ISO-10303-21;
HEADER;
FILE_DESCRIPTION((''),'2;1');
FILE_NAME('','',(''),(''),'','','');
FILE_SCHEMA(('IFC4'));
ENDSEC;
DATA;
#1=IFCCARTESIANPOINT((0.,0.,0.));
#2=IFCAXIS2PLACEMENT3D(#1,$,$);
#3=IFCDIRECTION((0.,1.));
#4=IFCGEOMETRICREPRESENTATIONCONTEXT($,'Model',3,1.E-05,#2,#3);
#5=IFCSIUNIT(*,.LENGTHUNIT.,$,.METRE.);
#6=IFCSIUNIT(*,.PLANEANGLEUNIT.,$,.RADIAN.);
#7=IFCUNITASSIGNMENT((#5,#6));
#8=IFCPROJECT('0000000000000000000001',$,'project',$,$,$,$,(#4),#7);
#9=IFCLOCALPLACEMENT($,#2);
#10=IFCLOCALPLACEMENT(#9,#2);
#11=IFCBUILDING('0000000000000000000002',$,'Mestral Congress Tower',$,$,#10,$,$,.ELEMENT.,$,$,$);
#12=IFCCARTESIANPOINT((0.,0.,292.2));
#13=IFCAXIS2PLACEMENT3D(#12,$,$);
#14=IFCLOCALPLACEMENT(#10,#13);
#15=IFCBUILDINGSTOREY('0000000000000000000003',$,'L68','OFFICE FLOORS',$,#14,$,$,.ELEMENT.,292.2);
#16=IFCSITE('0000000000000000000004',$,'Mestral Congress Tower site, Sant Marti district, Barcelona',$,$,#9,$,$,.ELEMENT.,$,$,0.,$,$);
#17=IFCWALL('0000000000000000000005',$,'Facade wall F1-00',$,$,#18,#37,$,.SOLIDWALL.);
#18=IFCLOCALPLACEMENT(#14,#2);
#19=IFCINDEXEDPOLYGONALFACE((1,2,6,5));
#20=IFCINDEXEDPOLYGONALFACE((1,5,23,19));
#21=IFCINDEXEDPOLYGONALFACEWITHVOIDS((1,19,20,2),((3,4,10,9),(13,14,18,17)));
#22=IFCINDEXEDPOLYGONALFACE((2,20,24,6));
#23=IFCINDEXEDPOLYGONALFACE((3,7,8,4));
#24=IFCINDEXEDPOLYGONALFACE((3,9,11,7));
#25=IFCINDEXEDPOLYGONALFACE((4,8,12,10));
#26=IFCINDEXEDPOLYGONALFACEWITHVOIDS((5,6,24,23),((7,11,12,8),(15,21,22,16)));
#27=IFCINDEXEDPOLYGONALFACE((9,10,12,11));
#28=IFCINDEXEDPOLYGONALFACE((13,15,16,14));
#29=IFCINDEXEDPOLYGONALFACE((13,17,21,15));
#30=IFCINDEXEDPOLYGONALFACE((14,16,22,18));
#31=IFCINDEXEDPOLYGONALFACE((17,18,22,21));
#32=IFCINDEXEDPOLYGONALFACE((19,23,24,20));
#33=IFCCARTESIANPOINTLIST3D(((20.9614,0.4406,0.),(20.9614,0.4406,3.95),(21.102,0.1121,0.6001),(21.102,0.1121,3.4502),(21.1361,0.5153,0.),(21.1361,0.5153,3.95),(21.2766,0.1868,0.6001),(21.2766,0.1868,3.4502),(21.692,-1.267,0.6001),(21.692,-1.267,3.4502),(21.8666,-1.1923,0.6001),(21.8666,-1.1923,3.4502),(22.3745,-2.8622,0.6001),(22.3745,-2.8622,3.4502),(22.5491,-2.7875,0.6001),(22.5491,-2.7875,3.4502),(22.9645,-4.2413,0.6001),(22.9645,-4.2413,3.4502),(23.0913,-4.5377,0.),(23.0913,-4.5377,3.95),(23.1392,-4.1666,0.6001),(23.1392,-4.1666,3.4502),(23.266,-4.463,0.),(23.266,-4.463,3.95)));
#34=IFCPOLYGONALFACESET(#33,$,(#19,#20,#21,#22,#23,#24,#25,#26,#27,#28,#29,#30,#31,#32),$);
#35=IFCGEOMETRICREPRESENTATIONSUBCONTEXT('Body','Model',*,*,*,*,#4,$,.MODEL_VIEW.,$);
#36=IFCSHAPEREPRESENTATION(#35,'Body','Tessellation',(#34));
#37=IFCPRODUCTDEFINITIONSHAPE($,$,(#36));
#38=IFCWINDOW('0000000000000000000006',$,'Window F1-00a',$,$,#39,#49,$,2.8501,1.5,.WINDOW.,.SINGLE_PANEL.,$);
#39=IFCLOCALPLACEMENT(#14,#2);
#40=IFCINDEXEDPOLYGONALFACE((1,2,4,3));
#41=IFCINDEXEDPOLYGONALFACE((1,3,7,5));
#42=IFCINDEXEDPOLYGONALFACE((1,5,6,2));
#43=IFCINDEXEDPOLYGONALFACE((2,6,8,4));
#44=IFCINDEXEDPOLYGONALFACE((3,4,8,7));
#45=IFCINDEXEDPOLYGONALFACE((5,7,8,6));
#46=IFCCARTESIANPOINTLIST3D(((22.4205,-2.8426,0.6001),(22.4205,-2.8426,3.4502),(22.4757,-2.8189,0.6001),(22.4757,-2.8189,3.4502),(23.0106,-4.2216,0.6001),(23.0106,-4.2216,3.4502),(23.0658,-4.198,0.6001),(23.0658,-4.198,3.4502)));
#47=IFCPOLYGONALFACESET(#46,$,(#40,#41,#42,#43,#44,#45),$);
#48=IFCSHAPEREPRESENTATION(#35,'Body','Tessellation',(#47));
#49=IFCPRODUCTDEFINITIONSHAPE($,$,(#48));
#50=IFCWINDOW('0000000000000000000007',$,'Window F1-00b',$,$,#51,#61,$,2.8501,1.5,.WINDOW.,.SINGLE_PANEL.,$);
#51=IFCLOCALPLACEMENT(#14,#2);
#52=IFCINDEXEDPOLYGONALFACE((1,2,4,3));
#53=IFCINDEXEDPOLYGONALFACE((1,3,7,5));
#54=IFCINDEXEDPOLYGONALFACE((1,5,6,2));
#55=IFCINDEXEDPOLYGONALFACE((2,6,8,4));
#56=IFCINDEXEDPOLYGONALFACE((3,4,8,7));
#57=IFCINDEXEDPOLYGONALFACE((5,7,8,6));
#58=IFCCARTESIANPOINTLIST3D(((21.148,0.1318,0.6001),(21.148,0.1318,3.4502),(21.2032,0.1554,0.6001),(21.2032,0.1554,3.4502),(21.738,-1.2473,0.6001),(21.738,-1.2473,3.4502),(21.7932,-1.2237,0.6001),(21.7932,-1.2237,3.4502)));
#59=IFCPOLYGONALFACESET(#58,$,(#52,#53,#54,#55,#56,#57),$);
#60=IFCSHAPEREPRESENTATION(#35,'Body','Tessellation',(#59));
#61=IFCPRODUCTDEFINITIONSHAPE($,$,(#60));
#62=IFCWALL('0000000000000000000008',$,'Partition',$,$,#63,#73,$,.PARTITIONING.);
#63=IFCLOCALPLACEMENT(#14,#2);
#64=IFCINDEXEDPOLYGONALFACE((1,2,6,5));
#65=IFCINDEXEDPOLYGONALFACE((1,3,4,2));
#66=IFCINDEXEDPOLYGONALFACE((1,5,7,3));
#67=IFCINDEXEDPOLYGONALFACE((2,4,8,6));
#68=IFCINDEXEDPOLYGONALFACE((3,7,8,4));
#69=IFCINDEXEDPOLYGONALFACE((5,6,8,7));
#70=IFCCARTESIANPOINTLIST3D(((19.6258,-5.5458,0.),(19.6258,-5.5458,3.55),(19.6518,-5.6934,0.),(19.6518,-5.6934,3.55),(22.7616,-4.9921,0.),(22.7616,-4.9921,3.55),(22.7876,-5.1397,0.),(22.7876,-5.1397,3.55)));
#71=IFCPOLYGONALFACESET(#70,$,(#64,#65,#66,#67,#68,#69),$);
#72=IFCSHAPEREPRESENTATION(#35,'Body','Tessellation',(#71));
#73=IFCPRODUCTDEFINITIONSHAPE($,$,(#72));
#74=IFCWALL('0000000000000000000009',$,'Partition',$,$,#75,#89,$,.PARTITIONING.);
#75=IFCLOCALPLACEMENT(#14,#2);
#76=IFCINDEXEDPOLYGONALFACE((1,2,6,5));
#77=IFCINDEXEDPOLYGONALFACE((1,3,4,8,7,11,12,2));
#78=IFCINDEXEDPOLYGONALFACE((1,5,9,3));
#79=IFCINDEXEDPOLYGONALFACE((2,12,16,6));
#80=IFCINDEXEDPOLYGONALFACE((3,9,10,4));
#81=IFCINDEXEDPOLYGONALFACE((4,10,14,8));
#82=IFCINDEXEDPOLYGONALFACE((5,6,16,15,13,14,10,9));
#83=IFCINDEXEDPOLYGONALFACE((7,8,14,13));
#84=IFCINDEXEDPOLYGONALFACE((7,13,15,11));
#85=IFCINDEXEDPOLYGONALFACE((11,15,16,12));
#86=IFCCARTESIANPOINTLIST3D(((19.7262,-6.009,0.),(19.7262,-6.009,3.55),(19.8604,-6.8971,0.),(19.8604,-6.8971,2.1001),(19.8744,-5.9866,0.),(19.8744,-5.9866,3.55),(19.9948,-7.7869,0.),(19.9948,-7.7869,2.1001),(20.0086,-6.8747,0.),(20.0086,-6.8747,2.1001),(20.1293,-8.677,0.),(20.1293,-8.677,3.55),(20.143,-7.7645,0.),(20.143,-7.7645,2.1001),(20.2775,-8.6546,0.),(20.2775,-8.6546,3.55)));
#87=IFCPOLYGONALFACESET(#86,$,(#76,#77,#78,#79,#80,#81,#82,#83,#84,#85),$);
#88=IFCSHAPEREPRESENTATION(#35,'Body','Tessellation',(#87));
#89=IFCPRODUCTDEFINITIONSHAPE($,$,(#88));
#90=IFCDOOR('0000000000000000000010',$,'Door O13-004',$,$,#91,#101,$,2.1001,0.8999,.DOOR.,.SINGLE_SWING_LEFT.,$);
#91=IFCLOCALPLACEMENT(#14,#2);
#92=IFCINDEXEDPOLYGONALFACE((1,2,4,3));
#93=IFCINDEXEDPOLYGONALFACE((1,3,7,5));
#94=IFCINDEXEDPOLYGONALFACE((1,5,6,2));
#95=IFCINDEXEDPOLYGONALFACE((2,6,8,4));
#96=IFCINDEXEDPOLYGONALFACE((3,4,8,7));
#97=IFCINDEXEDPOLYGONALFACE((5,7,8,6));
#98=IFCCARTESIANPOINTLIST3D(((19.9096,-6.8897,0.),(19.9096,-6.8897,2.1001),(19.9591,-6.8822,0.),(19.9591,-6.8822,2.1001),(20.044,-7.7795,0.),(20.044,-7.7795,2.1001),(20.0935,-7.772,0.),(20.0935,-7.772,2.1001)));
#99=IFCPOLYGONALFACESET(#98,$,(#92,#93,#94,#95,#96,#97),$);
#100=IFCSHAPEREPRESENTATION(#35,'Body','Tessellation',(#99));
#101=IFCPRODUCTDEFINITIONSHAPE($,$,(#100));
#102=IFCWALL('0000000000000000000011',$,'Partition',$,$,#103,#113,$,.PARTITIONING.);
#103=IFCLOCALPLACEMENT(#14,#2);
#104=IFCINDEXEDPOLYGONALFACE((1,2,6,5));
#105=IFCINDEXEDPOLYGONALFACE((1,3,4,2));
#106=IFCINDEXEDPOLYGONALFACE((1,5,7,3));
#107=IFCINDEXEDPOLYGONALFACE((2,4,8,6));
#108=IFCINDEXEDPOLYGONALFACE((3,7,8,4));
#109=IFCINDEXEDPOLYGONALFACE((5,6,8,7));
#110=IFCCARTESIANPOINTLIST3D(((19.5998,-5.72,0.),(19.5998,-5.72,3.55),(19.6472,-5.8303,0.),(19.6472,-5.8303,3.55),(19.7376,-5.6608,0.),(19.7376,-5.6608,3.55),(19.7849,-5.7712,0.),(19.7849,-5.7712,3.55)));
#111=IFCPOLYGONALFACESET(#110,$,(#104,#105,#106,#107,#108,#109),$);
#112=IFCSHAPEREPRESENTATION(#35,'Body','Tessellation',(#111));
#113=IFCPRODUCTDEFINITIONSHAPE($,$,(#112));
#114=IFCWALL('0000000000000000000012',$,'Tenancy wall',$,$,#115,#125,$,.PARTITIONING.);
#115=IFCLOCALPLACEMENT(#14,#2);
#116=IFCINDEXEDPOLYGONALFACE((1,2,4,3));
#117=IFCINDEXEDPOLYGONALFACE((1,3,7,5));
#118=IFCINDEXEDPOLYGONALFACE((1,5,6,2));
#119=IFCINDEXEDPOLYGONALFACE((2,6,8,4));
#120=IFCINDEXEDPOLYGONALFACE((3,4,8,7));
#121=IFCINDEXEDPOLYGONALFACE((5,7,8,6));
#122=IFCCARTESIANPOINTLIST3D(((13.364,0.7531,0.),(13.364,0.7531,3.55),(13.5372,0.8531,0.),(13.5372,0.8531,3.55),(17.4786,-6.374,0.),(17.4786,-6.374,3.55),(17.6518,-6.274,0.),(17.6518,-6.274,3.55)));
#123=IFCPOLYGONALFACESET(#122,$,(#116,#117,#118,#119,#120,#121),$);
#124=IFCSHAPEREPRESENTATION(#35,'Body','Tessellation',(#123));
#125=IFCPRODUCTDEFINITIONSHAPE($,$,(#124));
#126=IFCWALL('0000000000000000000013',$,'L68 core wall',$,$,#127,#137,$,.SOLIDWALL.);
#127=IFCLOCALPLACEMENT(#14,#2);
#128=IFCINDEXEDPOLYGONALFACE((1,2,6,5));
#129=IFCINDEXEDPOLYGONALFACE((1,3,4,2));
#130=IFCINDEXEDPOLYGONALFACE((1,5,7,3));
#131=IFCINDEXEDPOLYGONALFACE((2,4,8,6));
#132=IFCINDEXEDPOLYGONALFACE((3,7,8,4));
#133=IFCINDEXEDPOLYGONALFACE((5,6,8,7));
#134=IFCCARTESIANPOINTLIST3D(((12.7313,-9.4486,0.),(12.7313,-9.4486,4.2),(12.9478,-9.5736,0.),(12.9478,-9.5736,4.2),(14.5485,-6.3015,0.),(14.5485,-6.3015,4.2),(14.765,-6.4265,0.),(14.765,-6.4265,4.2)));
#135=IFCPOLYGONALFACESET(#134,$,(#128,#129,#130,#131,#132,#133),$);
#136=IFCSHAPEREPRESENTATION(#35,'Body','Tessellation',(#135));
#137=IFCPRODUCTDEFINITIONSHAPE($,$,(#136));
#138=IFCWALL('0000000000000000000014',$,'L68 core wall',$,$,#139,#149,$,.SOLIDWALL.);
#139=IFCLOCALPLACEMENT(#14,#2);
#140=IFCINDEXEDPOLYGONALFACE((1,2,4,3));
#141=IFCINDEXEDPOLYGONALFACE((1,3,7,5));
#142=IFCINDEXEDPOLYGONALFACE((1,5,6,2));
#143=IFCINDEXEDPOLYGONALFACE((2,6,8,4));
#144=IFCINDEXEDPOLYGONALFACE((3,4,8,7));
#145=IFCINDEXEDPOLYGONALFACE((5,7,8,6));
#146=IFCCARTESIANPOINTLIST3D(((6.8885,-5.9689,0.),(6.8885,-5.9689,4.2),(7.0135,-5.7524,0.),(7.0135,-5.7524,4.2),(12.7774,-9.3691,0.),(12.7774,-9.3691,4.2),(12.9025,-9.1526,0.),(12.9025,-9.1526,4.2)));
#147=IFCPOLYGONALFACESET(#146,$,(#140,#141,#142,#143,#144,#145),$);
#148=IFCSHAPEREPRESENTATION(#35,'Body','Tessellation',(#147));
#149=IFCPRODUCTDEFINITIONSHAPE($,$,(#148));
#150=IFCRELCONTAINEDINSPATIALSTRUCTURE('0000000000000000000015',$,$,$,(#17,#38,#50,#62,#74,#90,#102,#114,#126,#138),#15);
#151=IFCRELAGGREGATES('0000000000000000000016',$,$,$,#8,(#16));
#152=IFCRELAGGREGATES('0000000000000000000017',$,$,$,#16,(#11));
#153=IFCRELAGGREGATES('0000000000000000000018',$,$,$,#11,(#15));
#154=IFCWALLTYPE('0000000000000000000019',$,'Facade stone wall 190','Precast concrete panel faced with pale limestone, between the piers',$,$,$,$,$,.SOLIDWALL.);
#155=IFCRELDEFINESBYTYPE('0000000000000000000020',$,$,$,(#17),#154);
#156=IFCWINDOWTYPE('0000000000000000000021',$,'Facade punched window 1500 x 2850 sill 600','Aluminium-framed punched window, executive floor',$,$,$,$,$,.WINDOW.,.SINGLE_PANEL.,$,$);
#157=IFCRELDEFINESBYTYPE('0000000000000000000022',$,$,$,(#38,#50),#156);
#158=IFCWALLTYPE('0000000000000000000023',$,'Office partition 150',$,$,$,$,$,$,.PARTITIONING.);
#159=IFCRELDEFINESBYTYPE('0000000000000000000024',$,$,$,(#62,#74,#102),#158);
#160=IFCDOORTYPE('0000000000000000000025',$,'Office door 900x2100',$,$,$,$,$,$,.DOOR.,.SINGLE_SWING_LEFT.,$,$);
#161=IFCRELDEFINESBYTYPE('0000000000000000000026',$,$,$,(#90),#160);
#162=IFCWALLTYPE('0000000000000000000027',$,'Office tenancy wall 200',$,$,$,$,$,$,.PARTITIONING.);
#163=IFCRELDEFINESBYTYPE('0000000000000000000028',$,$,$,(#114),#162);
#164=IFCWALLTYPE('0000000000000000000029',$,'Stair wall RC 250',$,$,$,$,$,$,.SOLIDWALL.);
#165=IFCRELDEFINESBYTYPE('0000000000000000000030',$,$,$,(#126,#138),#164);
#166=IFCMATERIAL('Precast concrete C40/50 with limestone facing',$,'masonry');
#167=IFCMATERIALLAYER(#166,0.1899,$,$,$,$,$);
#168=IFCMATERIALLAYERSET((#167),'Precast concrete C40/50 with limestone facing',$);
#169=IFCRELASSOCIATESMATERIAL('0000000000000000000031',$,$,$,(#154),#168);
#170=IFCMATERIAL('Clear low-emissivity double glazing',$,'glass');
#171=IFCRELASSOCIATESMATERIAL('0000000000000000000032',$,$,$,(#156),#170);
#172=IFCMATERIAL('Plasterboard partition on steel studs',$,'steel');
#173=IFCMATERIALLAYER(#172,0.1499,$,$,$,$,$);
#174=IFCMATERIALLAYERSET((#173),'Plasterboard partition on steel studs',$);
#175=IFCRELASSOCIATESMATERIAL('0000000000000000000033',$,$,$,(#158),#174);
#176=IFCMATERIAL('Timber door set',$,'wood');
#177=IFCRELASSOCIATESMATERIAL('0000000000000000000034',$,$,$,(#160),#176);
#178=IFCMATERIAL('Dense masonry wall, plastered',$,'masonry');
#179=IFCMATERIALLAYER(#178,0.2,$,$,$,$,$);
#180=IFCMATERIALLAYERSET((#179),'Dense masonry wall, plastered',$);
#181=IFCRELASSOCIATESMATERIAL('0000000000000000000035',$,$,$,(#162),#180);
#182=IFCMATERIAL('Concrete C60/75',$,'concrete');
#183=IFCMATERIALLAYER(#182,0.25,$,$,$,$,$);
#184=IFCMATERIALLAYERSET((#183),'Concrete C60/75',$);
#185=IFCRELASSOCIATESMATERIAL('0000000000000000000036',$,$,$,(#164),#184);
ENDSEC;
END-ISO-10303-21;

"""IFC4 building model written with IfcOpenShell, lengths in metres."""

from ifc_helpers import new_model, si_unit, direction, frame, frame_2d, origin, place, context, subcontext, project, spatial, rectangle, extrude, material, layer, layer_set, type_object, element, fill, save


model = new_model("IFC4")

# Units and contexts
model_context = context("Model", 3, precision=1e-05, world=origin(), true_north=direction((0.0, 1.0)))
body_context = subcontext(model_context, "Body", "Model", "MODEL_VIEW")
ifc_project = project(units=[si_unit("LENGTHUNIT", "METRE"), si_unit("PLANEANGLEUNIT", "RADIAN")], contexts=[model_context])

# Site, building, storey
site_placement = place(None, origin())
site = spatial("IfcSite", under=ifc_project, at=site_placement, Name="Mestral Congress Tower site, Sant Marti district, Barcelona", CompositionType="ELEMENT", RefElevation=0.0)
building_placement = place(site_placement, origin())
building = spatial("IfcBuilding", under=site, at=building_placement, Name="Mestral Congress Tower", CompositionType="ELEMENT")
storey_placement = place(building_placement, frame((0.0, 0.0, 292.2)))
storey = spatial("IfcBuildingStorey", under=building, at=storey_placement, Name="L68", Description="OFFICE FLOORS", CompositionType="ELEMENT", Elevation=292.2)

# Shared definitions
ifc_material_1 = material(Name="Concrete C60/75", Category="concrete")

# Shared definitions
ifc_material_2 = material(Name="Precast concrete C40/50 with limestone facing", Category="masonry")
ifc_layer_1 = layer(ifc_material_2, 0.1899)
ifc_layer_set_1 = layer_set([ifc_layer_1], Name="Precast concrete C40/50 with limestone facing")
wall_type_1 = type_object("IfcWallType", Name="Facade stone wall 190", Description="Precast concrete panel faced with pale limestone, between the piers", PredefinedType="SOLIDWALL", material=ifc_layer_set_1)
ifc_material_3 = material(Name="Clear low-emissivity double glazing", Category="glass")

# Wall, openings, windows
wall_1_placement = place(storey_placement, frame((23.1787, -4.5005, 0.0), z_axis=(0.0, 0.0, 1.0), x_axis=(-0.393348, 0.91939, 0.0)))
wall_1 = element("IfcWall", 1, at=wall_1_placement, inside=storey, type_object=wall_type_1, Name="Facade wall F1-00", PredefinedType="SOLIDWALL", context=body_context, shape_type="SweptSolid", body=[
    extrude(rectangle(XDim=5.4148, YDim=0.1899, at=frame_2d((2.7075, 0.0))), origin(), (0.0, 0.0, 1.0), 3.95),
])
opening_1_placement = place(wall_1_placement, frame((0.3225, 0.0, 0.6001)))
opening_1 = element("IfcOpeningElement", 2, at=opening_1_placement, cuts=wall_1, PredefinedType="OPENING", context=body_context, shape_type="SweptSolid", body=[
    extrude(rectangle(XDim=1.5, YDim=2.8501, at=frame_2d((0.75, 1.425))), frame((0.0, 0.105, 0.0), z_axis=(0.0, -1.0, 0.0), x_axis=(1.0, 0.0, 0.0)), (0.0, 0.0, 1.0), 0.21),
])
opening_2_placement = place(wall_1_placement, frame((3.5576, 0.0, 0.6001)))
opening_2 = element("IfcOpeningElement", 3, at=opening_2_placement, cuts=wall_1, PredefinedType="OPENING", context=body_context, shape_type="SweptSolid", body=[
    extrude(rectangle(XDim=1.5, YDim=2.8501, at=frame_2d((0.75, 1.425))), frame((0.0, 0.105, 0.0), z_axis=(0.0, -1.0, 0.0), x_axis=(1.0, 0.0, 0.0)), (0.0, 0.0, 1.0), 0.21),
])
window_type_1 = type_object("IfcWindowType", Name="Facade punched window 1500 x 2850 sill 600", Description="Aluminium-framed punched window, executive floor", PartitioningType="SINGLE_PANEL", PredefinedType="WINDOW", material=ifc_material_3)
window_1_placement = place(opening_1_placement, origin())
window_1 = element("IfcWindow", 4, at=window_1_placement, inside=storey, type_object=window_type_1, Name="Window F1-00a", OverallHeight=2.8501, OverallWidth=1.5, PartitioningType="SINGLE_PANEL", PredefinedType="WINDOW", context=body_context, shape_type="SweptSolid", body=[
    extrude(rectangle(XDim=1.5, YDim=2.8501, at=frame_2d((0.75, 1.425))), frame((0.0, 0.0449, 0.0), z_axis=(0.0, -1.0, 0.0), x_axis=(1.0, 0.0, 0.0)), (0.0, 0.0, 1.0), 0.0601),
])
fill(opening_1, window_1)
window_2_placement = place(opening_2_placement, origin())
window_2 = element("IfcWindow", 5, at=window_2_placement, inside=storey, type_object=window_type_1, Name="Window F1-00b", OverallHeight=2.8501, OverallWidth=1.5, PartitioningType="SINGLE_PANEL", PredefinedType="WINDOW", context=body_context, shape_type="SweptSolid", body=[
    extrude(rectangle(XDim=1.5, YDim=2.8501, at=frame_2d((0.75, 1.425))), frame((0.0, 0.0449, 0.0), z_axis=(0.0, -1.0, 0.0), x_axis=(1.0, 0.0, 0.0)), (0.0, 0.0, 1.0), 0.0601),
])
fill(opening_2, window_2)

# Wall
ifc_material_4 = material(Name="Plasterboard partition on steel studs", Category="steel")
ifc_layer_2 = layer(ifc_material_4, 0.1499)
ifc_layer_set_2 = layer_set([ifc_layer_2], Name="Plasterboard partition on steel studs")
wall_type_2 = type_object("IfcWallType", Name="Office partition 150", PredefinedType="PARTITIONING", material=ifc_layer_set_2)
wall_2_placement = place(storey_placement, frame((19.6387, -5.6196, 0.0), z_axis=(0.0, 0.0, 1.0), x_axis=(0.984765, 0.17389, 0.0)))
element("IfcWall", 6, at=wall_2_placement, inside=storey, type_object=wall_type_2, Name="Partition", PredefinedType="PARTITIONING", context=body_context, shape_type="SweptSolid", body=[
    extrude(rectangle(XDim=3.1843, YDim=0.1499, at=frame_2d((1.5923, 0.0))), origin(), (0.0, 0.0, 1.0), 3.55),
])

# Wall, opening, door
wall_3_placement = place(storey_placement, frame((19.8003, -5.9978, 0.0), z_axis=(0.0, 0.0, 1.0), x_axis=(0.149385, -0.988779, 0.0)))
wall_3 = element("IfcWall", 7, at=wall_3_placement, inside=storey, type_object=wall_type_2, Name="Partition", PredefinedType="PARTITIONING", context=body_context, shape_type="SweptSolid", body=[
    extrude(rectangle(XDim=2.6982, YDim=0.1499, at=frame_2d((1.3491, 0.0))), origin(), (0.0, 0.0, 1.0), 3.55),
])
opening_3_placement = place(wall_3_placement, frame((0.8982, 0.0, 0.0)))
opening_3 = element("IfcOpeningElement", 8, at=opening_3_placement, cuts=wall_3, PredefinedType="OPENING", context=body_context, shape_type="SweptSolid", body=[
    extrude(rectangle(XDim=0.8999, YDim=2.1001, at=frame_2d((0.45, 1.05))), frame((0.0, 0.085, 0.0), z_axis=(0.0, -1.0, 0.0), x_axis=(1.0, 0.0, 0.0)), (0.0, 0.0, 1.0), 0.1699),
])
ifc_material_5 = material(Name="Timber door set", Category="wood")
door_type_1 = type_object("IfcDoorType", Name="Office door 900x2100", OperationType="SINGLE_SWING_LEFT", PredefinedType="DOOR", material=ifc_material_5)
door_1_placement = place(opening_3_placement, origin())
door_1 = element("IfcDoor", 9, at=door_1_placement, inside=storey, type_object=door_type_1, Name="Door O13-004", OperationType="SINGLE_SWING_LEFT", OverallHeight=2.1001, OverallWidth=0.8999, PredefinedType="DOOR", context=body_context, shape_type="SweptSolid", body=[
    extrude(rectangle(XDim=0.8999, YDim=2.1001, at=frame_2d((0.45, 1.05))), frame((0.0, 0.0249, 0.0), z_axis=(0.0, -1.0, 0.0), x_axis=(1.0, 0.0, 0.0)), (0.0, 0.0, 1.0), 0.05),
])
fill(opening_3, door_1)

# Walls
wall_4_placement = place(storey_placement, frame((19.7161, -5.8008, 0.0), z_axis=(0.0, 0.0, 1.0), x_axis=(-0.39441, 0.918935, 0.0)))
element("IfcWall", 10, at=wall_4_placement, inside=storey, type_object=wall_type_2, Name="Partition", PredefinedType="PARTITIONING", context=body_context, shape_type="SweptSolid", body=[
    extrude(rectangle(XDim=0.1201, YDim=0.1499, at=frame_2d((0.0601, 0.0))), origin(), (0.0, 0.0, 1.0), 3.55),
])
ifc_material_6 = material(Name="Dense masonry wall, plastered", Category="masonry")
ifc_layer_3 = layer(ifc_material_6, 0.2)
ifc_layer_set_3 = layer_set([ifc_layer_3], Name="Dense masonry wall, plastered")
wall_type_3 = type_object("IfcWallType", Name="Office tenancy wall 200", PredefinedType="PARTITIONING", material=ifc_layer_set_3)
wall_5_placement = place(storey_placement, frame((17.5652, -6.324, 0.0), z_axis=(0.0, 0.0, 1.0), x_axis=(-0.499978, 0.866038, 0.0)))
element("IfcWall", 11, at=wall_5_placement, inside=storey, type_object=wall_type_3, Name="Tenancy wall", PredefinedType="PARTITIONING", context=body_context, shape_type="SweptSolid", body=[
    extrude(rectangle(XDim=8.2295, YDim=0.2, at=frame_2d((4.1147, 0.0))), origin(), (0.0, 0.0, 1.0), 3.55),
])
ifc_layer_4 = layer(ifc_material_1, 0.25)
ifc_layer_set_4 = layer_set([ifc_layer_4], Name="Concrete C60/75")
wall_type_4 = type_object("IfcWallType", Name="Stair wall RC 250", PredefinedType="SOLIDWALL", material=ifc_layer_set_4)
wall_6_placement = place(storey_placement, frame((12.8396, -9.511, 0.0), z_axis=(0.0, 0.0, 1.0), x_axis=(0.500048, 0.865998, 0.0)))
element("IfcWall", 12, at=wall_6_placement, inside=storey, type_object=wall_type_4, Name="L68 core wall", PredefinedType="SOLIDWALL", context=body_context, shape_type="SweptSolid", body=[
    extrude(rectangle(XDim=3.634, YDim=0.25, at=frame_2d((1.8169, 0.0))), origin(), (0.0, 0.0, 1.0), 4.2),
])
wall_7_placement = place(storey_placement, frame((12.8398, -9.2607, 0.0), z_axis=(0.0, 0.0, 1.0), x_axis=(-0.866014, 0.50002, 0.0)))
element("IfcWall", 13, at=wall_7_placement, inside=storey, type_object=wall_type_4, Name="L68 core wall", PredefinedType="SOLIDWALL", context=body_context, shape_type="SweptSolid", body=[
    extrude(rectangle(XDim=6.8, YDim=0.25, at=frame_2d((3.3999, 0.0))), origin(), (0.0, 0.0, 1.0), 4.2),
])

save(model, "model.ifc")
